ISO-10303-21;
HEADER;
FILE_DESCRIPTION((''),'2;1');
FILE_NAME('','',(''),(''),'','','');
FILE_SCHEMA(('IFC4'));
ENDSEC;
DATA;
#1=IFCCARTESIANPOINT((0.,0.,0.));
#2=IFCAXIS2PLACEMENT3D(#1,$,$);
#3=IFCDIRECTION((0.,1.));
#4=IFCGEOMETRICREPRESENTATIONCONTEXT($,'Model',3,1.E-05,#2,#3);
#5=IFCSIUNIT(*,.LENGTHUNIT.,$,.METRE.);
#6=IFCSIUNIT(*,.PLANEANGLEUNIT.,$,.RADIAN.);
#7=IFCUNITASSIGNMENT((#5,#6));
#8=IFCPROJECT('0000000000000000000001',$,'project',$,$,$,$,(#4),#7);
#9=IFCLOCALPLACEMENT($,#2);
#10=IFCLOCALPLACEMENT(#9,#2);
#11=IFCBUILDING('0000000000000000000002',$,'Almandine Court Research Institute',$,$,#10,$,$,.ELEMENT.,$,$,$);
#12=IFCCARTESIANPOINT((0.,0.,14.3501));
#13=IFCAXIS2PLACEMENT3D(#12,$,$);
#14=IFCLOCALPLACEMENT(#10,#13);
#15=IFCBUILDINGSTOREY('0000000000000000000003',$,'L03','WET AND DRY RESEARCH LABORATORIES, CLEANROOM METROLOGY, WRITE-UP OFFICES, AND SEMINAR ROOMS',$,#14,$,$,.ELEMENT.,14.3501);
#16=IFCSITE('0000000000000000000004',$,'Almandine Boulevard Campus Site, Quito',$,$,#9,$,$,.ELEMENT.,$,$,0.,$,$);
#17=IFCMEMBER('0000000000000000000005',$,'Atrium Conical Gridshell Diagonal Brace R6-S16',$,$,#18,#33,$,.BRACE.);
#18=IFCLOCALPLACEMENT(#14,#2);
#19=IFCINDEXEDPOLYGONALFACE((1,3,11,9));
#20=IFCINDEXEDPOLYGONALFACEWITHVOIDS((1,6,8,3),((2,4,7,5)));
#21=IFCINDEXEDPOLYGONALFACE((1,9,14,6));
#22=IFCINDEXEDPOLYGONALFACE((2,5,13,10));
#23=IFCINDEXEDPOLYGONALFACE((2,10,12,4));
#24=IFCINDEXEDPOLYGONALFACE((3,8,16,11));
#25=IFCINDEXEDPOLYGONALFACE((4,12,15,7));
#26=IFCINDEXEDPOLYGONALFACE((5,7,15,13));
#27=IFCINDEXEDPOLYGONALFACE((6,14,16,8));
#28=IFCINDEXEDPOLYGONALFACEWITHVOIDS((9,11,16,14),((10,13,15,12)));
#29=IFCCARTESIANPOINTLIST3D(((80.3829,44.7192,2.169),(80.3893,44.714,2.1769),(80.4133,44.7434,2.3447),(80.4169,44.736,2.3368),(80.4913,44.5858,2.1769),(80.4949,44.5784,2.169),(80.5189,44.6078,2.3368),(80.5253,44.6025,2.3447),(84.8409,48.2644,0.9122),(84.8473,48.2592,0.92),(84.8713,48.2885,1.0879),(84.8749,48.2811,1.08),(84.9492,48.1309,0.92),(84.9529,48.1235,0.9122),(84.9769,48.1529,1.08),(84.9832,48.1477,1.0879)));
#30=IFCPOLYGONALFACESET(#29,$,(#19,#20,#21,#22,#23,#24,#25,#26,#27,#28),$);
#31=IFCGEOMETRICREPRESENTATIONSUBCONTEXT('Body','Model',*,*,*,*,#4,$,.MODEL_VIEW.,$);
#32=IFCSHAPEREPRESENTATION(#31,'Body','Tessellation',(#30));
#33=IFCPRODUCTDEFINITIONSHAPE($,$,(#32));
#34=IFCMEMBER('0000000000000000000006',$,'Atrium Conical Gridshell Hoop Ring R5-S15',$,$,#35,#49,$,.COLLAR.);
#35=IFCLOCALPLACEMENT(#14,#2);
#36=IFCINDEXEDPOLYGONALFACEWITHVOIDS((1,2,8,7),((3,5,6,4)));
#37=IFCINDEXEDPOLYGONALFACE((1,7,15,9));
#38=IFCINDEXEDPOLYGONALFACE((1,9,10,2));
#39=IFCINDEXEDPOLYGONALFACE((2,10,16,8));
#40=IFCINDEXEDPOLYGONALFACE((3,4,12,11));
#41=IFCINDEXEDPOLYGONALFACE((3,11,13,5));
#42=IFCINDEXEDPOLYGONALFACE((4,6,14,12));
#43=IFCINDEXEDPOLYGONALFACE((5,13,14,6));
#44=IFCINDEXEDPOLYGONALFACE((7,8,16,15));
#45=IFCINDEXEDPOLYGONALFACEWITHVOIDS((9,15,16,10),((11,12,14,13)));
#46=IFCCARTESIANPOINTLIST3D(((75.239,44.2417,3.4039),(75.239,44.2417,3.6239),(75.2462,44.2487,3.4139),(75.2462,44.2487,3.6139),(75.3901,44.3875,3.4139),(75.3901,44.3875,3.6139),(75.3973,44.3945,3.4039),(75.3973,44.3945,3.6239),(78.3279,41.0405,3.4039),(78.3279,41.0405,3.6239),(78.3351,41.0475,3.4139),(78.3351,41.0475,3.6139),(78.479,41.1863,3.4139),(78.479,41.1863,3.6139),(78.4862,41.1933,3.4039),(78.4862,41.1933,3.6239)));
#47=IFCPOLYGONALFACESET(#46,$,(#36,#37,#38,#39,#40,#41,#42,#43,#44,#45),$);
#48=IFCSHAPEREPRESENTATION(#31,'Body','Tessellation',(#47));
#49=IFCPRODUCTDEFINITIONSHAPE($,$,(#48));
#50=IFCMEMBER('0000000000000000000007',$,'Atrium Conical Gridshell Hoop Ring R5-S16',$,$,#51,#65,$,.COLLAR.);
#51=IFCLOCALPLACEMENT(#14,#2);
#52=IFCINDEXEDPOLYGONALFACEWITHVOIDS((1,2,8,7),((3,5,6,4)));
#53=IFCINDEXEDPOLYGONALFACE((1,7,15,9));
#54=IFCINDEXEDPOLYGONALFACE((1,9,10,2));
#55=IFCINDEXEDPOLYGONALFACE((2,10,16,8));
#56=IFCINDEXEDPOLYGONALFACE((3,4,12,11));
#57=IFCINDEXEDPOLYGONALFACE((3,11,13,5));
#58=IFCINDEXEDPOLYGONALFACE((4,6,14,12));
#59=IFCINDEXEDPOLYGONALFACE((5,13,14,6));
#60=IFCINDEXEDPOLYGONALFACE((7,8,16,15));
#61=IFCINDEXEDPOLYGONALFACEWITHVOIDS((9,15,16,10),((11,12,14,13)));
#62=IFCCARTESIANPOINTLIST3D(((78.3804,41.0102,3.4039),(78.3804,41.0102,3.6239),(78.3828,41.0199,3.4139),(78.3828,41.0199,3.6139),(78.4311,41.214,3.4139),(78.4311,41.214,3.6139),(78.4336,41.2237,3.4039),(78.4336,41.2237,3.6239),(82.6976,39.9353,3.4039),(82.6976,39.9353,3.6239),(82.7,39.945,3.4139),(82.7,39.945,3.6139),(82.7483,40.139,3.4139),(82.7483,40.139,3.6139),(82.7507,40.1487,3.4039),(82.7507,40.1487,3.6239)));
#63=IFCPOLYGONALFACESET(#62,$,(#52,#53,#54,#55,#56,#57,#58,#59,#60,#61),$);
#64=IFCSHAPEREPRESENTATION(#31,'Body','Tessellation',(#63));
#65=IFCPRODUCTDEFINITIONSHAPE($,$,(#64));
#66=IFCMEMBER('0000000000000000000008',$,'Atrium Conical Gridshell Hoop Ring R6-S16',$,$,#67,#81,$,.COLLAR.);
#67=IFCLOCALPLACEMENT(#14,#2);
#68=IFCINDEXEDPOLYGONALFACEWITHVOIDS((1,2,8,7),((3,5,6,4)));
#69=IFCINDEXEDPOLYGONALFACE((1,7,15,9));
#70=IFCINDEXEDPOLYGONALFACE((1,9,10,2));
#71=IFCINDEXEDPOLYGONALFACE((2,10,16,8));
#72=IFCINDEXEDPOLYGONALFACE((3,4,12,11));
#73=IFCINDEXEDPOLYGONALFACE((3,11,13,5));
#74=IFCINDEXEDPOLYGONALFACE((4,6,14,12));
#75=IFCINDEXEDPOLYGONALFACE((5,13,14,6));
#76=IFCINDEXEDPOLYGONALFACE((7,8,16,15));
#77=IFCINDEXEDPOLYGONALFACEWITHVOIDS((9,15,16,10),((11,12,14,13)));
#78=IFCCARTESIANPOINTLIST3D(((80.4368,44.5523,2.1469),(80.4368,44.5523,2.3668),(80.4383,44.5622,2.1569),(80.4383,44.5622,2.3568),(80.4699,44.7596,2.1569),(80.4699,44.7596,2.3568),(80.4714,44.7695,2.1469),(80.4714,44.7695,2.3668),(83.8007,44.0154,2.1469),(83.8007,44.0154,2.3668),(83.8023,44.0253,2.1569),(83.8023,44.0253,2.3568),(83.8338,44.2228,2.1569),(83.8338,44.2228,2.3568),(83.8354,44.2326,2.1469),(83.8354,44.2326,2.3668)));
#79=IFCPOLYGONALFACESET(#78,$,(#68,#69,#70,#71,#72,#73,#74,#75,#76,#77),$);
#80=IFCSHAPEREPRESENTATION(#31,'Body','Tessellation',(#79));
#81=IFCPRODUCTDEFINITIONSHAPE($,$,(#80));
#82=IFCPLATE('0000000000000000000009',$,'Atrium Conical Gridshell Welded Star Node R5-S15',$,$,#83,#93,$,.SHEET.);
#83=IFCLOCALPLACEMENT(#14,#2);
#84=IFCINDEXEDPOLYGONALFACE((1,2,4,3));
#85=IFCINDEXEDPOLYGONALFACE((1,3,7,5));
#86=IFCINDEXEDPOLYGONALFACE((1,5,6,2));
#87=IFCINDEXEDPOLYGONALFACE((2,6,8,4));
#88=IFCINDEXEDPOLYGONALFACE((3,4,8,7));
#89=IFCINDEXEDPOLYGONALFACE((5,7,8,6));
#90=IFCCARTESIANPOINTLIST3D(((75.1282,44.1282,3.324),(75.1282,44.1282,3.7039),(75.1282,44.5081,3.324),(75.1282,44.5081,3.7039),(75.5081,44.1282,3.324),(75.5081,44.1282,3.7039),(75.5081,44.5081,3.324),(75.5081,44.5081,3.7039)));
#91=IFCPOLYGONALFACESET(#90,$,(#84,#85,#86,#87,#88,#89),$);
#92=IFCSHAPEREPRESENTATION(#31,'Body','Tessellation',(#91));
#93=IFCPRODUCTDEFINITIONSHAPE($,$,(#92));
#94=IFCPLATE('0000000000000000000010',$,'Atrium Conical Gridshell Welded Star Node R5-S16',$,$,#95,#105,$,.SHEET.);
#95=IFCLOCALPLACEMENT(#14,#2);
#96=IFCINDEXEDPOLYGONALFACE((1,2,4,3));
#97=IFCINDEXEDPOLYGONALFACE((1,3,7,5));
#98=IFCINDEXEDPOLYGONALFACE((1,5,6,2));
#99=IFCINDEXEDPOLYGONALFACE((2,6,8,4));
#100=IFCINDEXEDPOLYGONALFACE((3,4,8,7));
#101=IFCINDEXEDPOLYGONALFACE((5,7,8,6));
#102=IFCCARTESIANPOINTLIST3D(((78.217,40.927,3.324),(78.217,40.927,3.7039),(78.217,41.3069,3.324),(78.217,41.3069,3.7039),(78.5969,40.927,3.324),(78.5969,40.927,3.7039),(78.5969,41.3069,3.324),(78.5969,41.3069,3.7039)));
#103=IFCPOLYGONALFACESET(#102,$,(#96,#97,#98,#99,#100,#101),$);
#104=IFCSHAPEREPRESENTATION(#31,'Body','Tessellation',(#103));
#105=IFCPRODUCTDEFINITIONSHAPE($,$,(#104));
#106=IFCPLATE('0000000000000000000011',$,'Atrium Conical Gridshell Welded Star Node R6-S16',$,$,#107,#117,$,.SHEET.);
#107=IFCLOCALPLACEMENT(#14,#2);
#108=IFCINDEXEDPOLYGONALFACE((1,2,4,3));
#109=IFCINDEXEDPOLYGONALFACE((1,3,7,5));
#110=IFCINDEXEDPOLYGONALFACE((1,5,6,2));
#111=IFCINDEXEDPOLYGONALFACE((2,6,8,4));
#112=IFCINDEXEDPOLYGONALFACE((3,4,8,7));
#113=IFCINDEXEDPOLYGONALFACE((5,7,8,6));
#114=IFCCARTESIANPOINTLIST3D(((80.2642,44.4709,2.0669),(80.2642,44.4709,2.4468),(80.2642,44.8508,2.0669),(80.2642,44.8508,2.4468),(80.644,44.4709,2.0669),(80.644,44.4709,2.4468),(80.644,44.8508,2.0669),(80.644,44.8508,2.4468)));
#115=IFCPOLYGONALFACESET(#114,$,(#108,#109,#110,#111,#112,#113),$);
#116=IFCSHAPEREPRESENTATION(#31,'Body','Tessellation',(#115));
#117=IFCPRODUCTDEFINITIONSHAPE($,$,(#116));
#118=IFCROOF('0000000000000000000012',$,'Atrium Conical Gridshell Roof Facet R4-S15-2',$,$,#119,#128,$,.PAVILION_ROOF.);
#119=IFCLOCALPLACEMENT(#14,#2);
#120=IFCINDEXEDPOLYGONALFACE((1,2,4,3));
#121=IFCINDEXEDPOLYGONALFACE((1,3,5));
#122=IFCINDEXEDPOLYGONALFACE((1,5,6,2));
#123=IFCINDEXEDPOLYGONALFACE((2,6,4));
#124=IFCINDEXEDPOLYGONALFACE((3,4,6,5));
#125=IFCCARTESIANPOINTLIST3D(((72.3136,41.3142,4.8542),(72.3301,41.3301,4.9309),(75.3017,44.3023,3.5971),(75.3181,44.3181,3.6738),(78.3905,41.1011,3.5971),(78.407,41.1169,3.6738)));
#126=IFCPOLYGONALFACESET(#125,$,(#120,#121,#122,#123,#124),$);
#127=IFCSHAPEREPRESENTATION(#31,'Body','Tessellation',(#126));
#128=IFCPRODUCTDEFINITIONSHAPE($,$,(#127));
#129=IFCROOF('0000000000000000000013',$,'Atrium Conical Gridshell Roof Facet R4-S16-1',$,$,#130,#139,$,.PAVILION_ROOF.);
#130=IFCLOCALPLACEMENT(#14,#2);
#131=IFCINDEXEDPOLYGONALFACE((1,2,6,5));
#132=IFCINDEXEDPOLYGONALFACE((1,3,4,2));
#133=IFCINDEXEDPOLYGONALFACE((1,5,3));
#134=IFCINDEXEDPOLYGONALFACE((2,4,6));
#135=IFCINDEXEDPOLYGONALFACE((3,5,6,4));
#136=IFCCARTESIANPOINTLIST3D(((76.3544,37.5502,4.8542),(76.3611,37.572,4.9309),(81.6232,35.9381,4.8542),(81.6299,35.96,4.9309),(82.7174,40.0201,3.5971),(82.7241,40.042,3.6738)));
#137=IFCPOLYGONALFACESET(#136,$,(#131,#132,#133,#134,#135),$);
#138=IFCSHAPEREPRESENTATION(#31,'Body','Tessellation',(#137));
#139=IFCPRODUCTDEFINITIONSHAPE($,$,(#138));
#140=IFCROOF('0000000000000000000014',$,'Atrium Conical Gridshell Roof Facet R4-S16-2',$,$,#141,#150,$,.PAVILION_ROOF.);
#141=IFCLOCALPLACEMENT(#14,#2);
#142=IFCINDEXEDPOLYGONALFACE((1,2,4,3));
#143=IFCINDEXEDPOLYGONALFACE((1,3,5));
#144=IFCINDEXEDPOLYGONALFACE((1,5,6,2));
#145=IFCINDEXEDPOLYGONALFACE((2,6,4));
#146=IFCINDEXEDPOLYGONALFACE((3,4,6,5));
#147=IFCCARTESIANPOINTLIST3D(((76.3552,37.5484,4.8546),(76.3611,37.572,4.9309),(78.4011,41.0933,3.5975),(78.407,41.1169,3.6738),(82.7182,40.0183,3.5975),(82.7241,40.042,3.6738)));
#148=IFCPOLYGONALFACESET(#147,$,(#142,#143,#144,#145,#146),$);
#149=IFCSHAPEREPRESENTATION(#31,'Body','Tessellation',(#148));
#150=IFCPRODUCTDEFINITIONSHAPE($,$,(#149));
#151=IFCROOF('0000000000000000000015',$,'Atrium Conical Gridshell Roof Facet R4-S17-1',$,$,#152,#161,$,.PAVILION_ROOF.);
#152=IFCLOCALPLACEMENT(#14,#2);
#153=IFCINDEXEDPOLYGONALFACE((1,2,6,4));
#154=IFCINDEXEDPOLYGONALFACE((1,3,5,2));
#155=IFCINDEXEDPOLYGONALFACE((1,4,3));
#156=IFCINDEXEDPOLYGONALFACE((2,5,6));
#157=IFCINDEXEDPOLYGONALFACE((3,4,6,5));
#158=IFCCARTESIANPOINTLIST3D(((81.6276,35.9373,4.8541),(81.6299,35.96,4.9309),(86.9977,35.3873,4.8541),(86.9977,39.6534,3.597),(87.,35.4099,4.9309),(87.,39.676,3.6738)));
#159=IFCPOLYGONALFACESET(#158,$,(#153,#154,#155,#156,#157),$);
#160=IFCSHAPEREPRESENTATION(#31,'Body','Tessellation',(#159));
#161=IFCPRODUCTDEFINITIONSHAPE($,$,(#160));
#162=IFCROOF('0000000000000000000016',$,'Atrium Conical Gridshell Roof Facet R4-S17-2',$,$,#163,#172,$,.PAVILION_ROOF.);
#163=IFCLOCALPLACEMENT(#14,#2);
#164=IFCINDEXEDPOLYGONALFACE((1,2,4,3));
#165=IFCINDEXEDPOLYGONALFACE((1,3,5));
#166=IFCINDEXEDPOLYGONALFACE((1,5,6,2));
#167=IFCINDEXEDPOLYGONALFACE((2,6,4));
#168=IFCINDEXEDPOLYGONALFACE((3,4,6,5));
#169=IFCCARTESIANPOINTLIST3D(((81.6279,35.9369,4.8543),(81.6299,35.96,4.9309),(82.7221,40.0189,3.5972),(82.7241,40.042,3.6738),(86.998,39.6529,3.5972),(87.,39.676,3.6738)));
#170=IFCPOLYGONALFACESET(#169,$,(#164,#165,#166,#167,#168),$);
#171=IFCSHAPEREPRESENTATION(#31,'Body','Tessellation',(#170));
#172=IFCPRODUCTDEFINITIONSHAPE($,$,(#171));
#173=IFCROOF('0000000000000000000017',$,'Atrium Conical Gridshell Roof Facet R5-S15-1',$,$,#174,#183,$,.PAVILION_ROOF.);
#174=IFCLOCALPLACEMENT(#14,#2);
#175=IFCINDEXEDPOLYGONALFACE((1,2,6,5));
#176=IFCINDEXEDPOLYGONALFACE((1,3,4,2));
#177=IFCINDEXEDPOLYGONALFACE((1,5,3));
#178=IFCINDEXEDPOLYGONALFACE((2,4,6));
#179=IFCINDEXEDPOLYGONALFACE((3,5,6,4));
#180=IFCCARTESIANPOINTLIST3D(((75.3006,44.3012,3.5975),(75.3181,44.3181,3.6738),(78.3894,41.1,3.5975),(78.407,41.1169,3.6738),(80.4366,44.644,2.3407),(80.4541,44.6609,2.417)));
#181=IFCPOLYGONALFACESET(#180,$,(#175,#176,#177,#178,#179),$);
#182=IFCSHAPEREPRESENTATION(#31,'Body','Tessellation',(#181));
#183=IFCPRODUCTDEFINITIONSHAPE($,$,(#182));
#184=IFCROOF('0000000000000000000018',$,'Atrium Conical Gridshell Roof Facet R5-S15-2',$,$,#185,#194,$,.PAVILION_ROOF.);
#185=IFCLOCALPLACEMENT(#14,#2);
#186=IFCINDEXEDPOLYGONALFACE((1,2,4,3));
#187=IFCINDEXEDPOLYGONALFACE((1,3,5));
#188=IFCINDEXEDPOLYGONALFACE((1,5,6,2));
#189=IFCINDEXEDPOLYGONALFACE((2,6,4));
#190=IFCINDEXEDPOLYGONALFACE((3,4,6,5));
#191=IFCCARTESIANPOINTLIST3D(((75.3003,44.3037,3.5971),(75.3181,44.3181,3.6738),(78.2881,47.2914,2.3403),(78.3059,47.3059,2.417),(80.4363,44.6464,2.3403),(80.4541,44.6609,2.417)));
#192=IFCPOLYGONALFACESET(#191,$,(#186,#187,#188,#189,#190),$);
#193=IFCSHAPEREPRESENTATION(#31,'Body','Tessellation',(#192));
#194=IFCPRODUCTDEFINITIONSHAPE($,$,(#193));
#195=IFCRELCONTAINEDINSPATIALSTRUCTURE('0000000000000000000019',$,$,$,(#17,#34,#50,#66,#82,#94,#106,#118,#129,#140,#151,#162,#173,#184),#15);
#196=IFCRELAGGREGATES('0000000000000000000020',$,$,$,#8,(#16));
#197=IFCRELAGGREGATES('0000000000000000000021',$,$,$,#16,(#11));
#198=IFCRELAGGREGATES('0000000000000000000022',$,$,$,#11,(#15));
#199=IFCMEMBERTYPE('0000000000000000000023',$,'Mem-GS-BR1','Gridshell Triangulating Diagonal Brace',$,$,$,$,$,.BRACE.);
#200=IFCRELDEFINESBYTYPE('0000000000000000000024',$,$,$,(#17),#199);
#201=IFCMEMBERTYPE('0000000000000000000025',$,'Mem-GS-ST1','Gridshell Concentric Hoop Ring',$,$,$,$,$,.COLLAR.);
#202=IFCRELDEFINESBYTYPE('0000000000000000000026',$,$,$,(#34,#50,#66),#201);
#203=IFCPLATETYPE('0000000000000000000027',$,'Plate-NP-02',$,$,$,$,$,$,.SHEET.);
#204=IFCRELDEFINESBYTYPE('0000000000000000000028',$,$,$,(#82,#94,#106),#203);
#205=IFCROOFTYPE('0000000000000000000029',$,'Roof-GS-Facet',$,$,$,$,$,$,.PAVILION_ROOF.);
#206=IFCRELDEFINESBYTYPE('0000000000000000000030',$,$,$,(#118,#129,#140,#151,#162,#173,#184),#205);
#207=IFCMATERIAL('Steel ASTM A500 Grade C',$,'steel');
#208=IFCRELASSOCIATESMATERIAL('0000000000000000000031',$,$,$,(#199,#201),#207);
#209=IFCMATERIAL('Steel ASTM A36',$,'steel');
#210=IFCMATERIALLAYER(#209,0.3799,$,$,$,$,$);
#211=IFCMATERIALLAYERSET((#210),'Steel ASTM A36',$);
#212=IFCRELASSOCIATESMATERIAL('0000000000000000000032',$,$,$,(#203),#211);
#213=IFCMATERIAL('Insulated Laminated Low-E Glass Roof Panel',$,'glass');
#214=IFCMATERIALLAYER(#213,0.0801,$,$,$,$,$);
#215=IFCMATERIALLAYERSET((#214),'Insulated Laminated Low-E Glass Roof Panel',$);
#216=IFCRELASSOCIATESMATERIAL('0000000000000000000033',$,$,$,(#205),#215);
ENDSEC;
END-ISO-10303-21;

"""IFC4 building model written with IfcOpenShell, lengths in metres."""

from ifc_helpers import new_model, si_unit, direction, frame, origin, origin_2d, place, context, subcontext, project, spatial, polyline, rectangle, hollow_rectangle, outline, extrude, material, layer, layer_set, material_profile, profile_set, type_object, element, save


model = new_model("IFC4")

# Units and contexts
model_context = context("Model", 3, precision=1e-05, world=origin(), true_north=direction((0.0, 1.0)))
body_context = subcontext(model_context, "Body", "Model", "MODEL_VIEW")
ifc_project = project(units=[si_unit("LENGTHUNIT", "METRE"), si_unit("PLANEANGLEUNIT", "RADIAN")], contexts=[model_context])

# Site, building, storey
site_placement = place(None, origin())
site = spatial("IfcSite", under=ifc_project, at=site_placement, Name="Almandine Boulevard Campus Site, Quito", CompositionType="ELEMENT", RefElevation=0.0)
building_placement = place(site_placement, origin())
building = spatial("IfcBuilding", under=site, at=building_placement, Name="Almandine Court Research Institute", CompositionType="ELEMENT")
storey_placement = place(building_placement, frame((0.0, 0.0, 14.3501)))
storey = spatial("IfcBuildingStorey", under=building, at=storey_placement, Name="L03", Description="WET AND DRY RESEARCH LABORATORIES, CLEANROOM METROLOGY, WRITE-UP OFFICES, AND SEMINAR ROOMS", CompositionType="ELEMENT", Elevation=14.3501)

# Members
ifc_material_1 = material(Name="Steel ASTM A500 Grade C", Category="steel")
ifc_material_profile_1 = material_profile(ifc_material_1, hollow_rectangle(XDim=0.1799, YDim=0.1799, WallThickness=0.0081, at=origin_2d()), Name="HSS 180x180x8")
ifc_profile_set_1 = profile_set([ifc_material_profile_1], Name="Steel ASTM A500 Grade C")
member_type_1 = type_object("IfcMemberType", Name="Mem-GS-BR1", Description="Gridshell Triangulating Diagonal Brace", PredefinedType="BRACE", material=ifc_profile_set_1)
member_1_placement = place(storey_placement, frame((80.4541, 44.6609, 2.2568), z_axis=(0.764298, 0.607797, -0.215477), x_axis=(-0.622419, 0.782685, 0.0)))
element("IfcMember", 1, at=member_1_placement, inside=storey, type_object=member_type_1, Name="Atrium Conical Gridshell Diagonal Brace R6-S16", PredefinedType="BRACE", context=body_context, shape_type="SweptSolid", body=[
    extrude(hollow_rectangle(XDim=0.1799, YDim=0.1799, WallThickness=0.0081, at=origin_2d()), origin(), (0.0, 0.0, 1.0), 5.8328),
])
ifc_material_profile_2 = material_profile(ifc_material_1, hollow_rectangle(XDim=0.22, YDim=0.22, WallThickness=0.01, at=origin_2d()), Name="HSS 220x220x10")
ifc_profile_set_2 = profile_set([ifc_material_profile_2], Name="Steel ASTM A500 Grade C")
member_type_2 = type_object("IfcMemberType", Name="Mem-GS-ST1", Description="Gridshell Concentric Hoop Ring", PredefinedType="COLLAR", material=ifc_profile_set_2)
member_2_placement = place(storey_placement, frame((75.3181, 44.3181, 3.5139), z_axis=(0.694371, -0.719617, 0.0), x_axis=(0.719617, 0.694371, 0.0)))
element("IfcMember", 2, at=member_2_placement, inside=storey, type_object=member_type_2, Name="Atrium Conical Gridshell Hoop Ring R5-S15", PredefinedType="COLLAR", context=body_context, shape_type="SweptSolid", body=[
    extrude(hollow_rectangle(XDim=0.22, YDim=0.22, WallThickness=0.01, at=origin_2d()), origin(), (0.0, 0.0, 1.0), 4.4485),
])
member_3_placement = place(storey_placement, frame((78.407, 41.1169, 3.5139), z_axis=(0.970371, -0.241619, 0.0), x_axis=(0.241619, 0.970371, 0.0)))
element("IfcMember", 3, at=member_3_placement, inside=storey, type_object=member_type_2, Name="Atrium Conical Gridshell Hoop Ring R5-S16", PredefinedType="COLLAR", context=body_context, shape_type="SweptSolid", body=[
    extrude(hollow_rectangle(XDim=0.22, YDim=0.22, WallThickness=0.01, at=origin_2d()), origin(), (0.0, 0.0, 1.0), 4.449),
])
member_4_placement = place(storey_placement, frame((80.4541, 44.6609, 2.2568), z_axis=(0.987504, -0.157596, 0.0), x_axis=(0.157596, 0.987504, 0.0)))
element("IfcMember", 4, at=member_4_placement, inside=storey, type_object=member_type_2, Name="Atrium Conical Gridshell Hoop Ring R6-S16", PredefinedType="COLLAR", context=body_context, shape_type="SweptSolid", body=[
    extrude(hollow_rectangle(XDim=0.22, YDim=0.22, WallThickness=0.01, at=origin_2d()), origin(), (0.0, 0.0, 1.0), 3.4065),
])

# Plates
ifc_material_2 = material(Name="Steel ASTM A36", Category="steel")
ifc_layer_1 = layer(ifc_material_2, 0.3799)
ifc_layer_set_1 = layer_set([ifc_layer_1], Name="Steel ASTM A36")
plate_type = type_object("IfcPlateType", Name="Plate-NP-02", PredefinedType="SHEET", material=ifc_layer_set_1)
for number, where, z_axis, x_axis, name in (
    (5, (75.3181, 44.3181, 3.324), (0.0, 0.0, 1.0), (1.0, 0.0, 0.0), "Atrium Conical Gridshell Welded Star Node R5-S15"),
    (6, (78.407, 41.1169, 3.324), (0.0, 0.0, 1.0), (1.0, 0.0, 0.0), "Atrium Conical Gridshell Welded Star Node R5-S16"),
    (7, (80.4541, 44.6609, 2.0669), (0.0, 0.0, 1.0), (1.0, 0.0, 0.0), "Atrium Conical Gridshell Welded Star Node R6-S16"),
):
    element("IfcPlate", number, at=place(storey_placement, frame(where, z_axis=z_axis, x_axis=x_axis)), inside=storey, type_object=plate_type, Name=name, PredefinedType="SHEET", context=body_context, shape_type="SweptSolid", body=[
        extrude(rectangle(XDim=0.3799, YDim=0.3799, at=origin_2d()), origin(), (0.0, 0.0, 1.0), 0.3799),
    ])

# Roofs
ifc_material_3 = material(Name="Insulated Laminated Low-E Glass Roof Panel", Category="glass")
ifc_layer_2 = layer(ifc_material_3, 0.0801)
ifc_layer_set_2 = layer_set([ifc_layer_2], Name="Insulated Laminated Low-E Glass Roof Panel")
roof_type = type_object("IfcRoofType", Name="Roof-GS-Facet", PredefinedType="PAVILION_ROOF", material=ifc_layer_set_2)
roof_1_placement = place(storey_placement, frame((72.3301, 41.3301, 4.9309), z_axis=(0.205217, 0.198018, 0.958475), x_axis=(0.97869, -0.034326, -0.202454)))
element("IfcRoof", 8, at=roof_1_placement, inside=storey, type_object=roof_type, Name="Atrium Conical Gridshell Roof Facet R4-S15-2", PredefinedType="PAVILION_ROOF", context=body_context, shape_type="SweptSolid", body=[
    extrude(outline(polyline([(0.0, 0.0), (6.2092, 0.0), (3.0763, 3.1581), (0.0, 0.0)])), origin(), (0.0, 0.0, -1.0), 0.0801),
])
roof_2_placement = place(storey_placement, frame((76.3611, 37.572, 4.9309), z_axis=(0.083462, 0.272785, 0.958448), x_axis=(0.956242, -0.292575, 0.0)))
element("IfcRoof", 9, at=roof_2_placement, inside=storey, type_object=roof_type, Name="Atrium Conical Gridshell Roof Facet R4-S16-1", PredefinedType="PAVILION_ROOF", context=body_context, shape_type="SweptSolid", body=[
    extrude(outline(polyline([(0.0, 0.0), (5.5099, 0.0), (5.362, 4.4067), (0.0, 0.0)])), origin(), (0.0, 0.0, -1.0), 0.0801),
])
roof_3_placement = place(storey_placement, frame((76.3611, 37.572, 4.9309), z_axis=(0.07354, 0.295347, 0.952555), x_axis=(0.91681, 0.355883, -0.181125)))
element("IfcRoof", 10, at=roof_3_placement, inside=storey, type_object=roof_type, Name="Atrium Conical Gridshell Roof Facet R4-S16-2", PredefinedType="PAVILION_ROOF", context=body_context, shape_type="SweptSolid", body=[
    extrude(outline(polyline([(0.0, 0.0), (6.9404, 0.0), (3.365, 2.6475), (0.0, 0.0)])), origin(), (0.0, 0.0, -1.0), 0.0801),
])
roof_4_placement = place(storey_placement, frame((81.6299, 35.96, 4.9309), z_axis=(0.028939, 0.282532, 0.958821), x_axis=(0.994795, -0.101895, 0.0)))
element("IfcRoof", 11, at=roof_4_placement, inside=storey, type_object=roof_type, Name="Atrium Conical Gridshell Roof Facet R4-S17-1", PredefinedType="PAVILION_ROOF", context=body_context, shape_type="SweptSolid", body=[
    extrude(outline(polyline([(0.0, 0.0), (5.3982, 0.0), (4.9635, 4.4262), (0.0, 0.0)])), origin(), (0.0, 0.0, -1.0), 0.0801),
])
roof_5_placement = place(storey_placement, frame((81.6299, 35.96, 4.9309), z_axis=(0.024665, 0.28818, 0.957258), x_axis=(0.80749, 0.558775, -0.189024)))
element("IfcRoof", 12, at=roof_5_placement, inside=storey, type_object=roof_type, Name="Atrium Conical Gridshell Roof Facet R4-S17-2", PredefinedType="PAVILION_ROOF", context=body_context, shape_type="SweptSolid", body=[
    extrude(outline(polyline([(0.0, 0.0), (6.6504, 0.0), (3.4021, 2.8046), (0.0, 0.0)])), origin(), (0.0, 0.0, -1.0), 0.0801),
])
roof_6_placement = place(storey_placement, frame((75.3181, 44.3181, 3.6738), z_axis=(0.219001, 0.211318, 0.952567), x_axis=(0.694371, -0.719617, 0.0)))
element("IfcRoof", 13, at=roof_6_placement, inside=storey, type_object=roof_type, Name="Atrium Conical Gridshell Roof Facet R5-S15-1", PredefinedType="PAVILION_ROOF", context=body_context, shape_type="SweptSolid", body=[
    extrude(outline(polyline([(0.0, 0.0), (4.4484, 0.0), (3.3196, 4.1298), (0.0, 0.0)])), origin(), (0.0, 0.0, -1.0), 0.0801),
])
roof_7_placement = place(storey_placement, frame((75.3181, 44.3181, 3.6738), z_axis=(0.222398, 0.180624, 0.958078), x_axis=(0.969304, 0.064691, -0.2372)))
element("IfcRoof", 14, at=roof_7_placement, inside=storey, type_object=roof_type, Name="Atrium Conical Gridshell Roof Facet R5-S15-2", PredefinedType="PAVILION_ROOF", context=body_context, shape_type="SweptSolid", body=[
    extrude(outline(polyline([(0.0, 0.0), (5.2986, 0.0), (3.3875, 2.8211), (0.0, 0.0)])), origin(), (0.0, 0.0, -1.0), 0.0801),
])

save(model, "model.ifc")
